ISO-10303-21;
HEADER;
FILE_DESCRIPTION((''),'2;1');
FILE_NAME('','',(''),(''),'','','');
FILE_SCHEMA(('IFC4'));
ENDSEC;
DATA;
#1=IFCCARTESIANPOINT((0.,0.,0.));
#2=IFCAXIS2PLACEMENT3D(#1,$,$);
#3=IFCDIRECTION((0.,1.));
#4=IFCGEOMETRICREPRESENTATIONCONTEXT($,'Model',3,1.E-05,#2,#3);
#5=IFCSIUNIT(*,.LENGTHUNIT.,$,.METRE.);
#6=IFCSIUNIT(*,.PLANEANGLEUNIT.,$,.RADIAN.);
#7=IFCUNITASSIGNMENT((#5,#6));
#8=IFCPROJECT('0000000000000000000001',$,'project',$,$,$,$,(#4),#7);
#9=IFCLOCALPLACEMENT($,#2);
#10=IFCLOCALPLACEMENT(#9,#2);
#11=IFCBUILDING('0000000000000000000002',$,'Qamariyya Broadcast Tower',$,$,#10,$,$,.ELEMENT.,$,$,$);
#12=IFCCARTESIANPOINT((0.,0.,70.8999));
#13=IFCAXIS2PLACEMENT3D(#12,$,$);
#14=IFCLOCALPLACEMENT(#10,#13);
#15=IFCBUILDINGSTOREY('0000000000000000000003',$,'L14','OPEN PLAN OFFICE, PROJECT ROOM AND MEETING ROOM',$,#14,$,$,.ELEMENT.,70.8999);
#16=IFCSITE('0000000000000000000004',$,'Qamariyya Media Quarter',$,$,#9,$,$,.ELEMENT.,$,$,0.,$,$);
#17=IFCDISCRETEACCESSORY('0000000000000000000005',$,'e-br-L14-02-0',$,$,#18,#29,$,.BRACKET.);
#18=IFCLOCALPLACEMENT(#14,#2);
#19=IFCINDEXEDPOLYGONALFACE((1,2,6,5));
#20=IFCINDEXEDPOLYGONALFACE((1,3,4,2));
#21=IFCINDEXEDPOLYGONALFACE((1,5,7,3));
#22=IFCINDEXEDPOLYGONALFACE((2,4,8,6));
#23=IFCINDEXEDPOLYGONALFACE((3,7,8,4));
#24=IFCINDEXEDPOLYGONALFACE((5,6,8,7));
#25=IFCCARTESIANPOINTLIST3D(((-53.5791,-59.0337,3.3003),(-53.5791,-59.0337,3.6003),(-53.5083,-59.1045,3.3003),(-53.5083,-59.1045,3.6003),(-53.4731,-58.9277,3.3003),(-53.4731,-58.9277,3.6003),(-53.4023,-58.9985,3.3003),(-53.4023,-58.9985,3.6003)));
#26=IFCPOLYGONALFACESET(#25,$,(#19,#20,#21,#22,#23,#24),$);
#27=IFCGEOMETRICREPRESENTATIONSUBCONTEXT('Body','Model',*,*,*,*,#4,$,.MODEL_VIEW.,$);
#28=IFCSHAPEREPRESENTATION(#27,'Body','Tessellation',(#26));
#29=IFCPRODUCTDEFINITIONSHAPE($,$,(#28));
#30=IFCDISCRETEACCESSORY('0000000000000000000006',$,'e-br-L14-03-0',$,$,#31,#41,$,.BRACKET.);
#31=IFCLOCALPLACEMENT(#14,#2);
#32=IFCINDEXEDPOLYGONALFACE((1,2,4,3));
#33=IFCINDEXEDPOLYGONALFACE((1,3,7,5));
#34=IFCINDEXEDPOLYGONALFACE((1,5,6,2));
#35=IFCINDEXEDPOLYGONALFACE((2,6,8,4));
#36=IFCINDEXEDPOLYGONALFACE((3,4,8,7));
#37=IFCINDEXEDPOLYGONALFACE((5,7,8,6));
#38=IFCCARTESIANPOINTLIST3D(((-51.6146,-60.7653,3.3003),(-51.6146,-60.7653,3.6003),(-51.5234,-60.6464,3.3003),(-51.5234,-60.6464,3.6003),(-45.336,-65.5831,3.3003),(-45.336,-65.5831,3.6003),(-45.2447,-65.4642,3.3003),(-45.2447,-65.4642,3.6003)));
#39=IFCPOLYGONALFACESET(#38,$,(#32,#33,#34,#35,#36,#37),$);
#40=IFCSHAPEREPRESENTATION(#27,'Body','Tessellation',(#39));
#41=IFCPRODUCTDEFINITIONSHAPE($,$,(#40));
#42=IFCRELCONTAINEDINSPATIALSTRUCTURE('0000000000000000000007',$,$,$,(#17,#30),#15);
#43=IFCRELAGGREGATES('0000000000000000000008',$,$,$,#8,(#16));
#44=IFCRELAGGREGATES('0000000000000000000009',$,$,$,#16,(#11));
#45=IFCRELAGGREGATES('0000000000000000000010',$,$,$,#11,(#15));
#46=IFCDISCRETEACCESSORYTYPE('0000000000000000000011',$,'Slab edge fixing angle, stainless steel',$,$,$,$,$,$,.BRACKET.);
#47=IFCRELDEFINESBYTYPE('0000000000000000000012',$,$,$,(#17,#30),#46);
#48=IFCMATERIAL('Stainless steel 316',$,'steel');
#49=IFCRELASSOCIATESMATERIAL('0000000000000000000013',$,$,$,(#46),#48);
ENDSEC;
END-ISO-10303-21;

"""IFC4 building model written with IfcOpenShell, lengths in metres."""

from ifc_helpers import new_model, si_unit, direction, frame, origin, origin_2d, place, context, subcontext, project, spatial, rectangle, extrude, material, type_object, element, save


model = new_model("IFC4")

# Units and contexts
model_context = context("Model", 3, precision=1e-05, world=origin(), true_north=direction((0.0, 1.0)))
body_context = subcontext(model_context, "Body", "Model", "MODEL_VIEW")
ifc_project = project(units=[si_unit("LENGTHUNIT", "METRE"), si_unit("PLANEANGLEUNIT", "RADIAN")], contexts=[model_context])

# Site, building, storey
site_placement = place(None, origin())
site = spatial("IfcSite", under=ifc_project, at=site_placement, Name="Qamariyya Media Quarter", CompositionType="ELEMENT", RefElevation=0.0)
building_placement = place(site_placement, origin())
building = spatial("IfcBuilding", under=site, at=building_placement, Name="Qamariyya Broadcast Tower", CompositionType="ELEMENT")
storey_placement = place(building_placement, frame((0.0, 0.0, 70.8999)))
storey = spatial("IfcBuildingStorey", under=building, at=storey_placement, Name="L14", Description="OPEN PLAN OFFICE, PROJECT ROOM AND MEETING ROOM", CompositionType="ELEMENT", Elevation=70.8999)

# Discrete accessories
ifc_material_1 = material(Name="Stainless steel 316", Category="steel")
discrete_accessory_type = type_object("IfcDiscreteAccessoryType", Name="Slab edge fixing angle, stainless steel", PredefinedType="BRACKET", material=ifc_material_1)
discrete_accessory_1_placement = place(storey_placement, frame((-53.4907, -59.0161, 3.3003), z_axis=(0.0, 0.0, 1.0), x_axis=(0.707107, -0.707107, 0.0)))
element("IfcDiscreteAccessory", 1, at=discrete_accessory_1_placement, inside=storey, type_object=discrete_accessory_type, Name="e-br-L14-02-0", PredefinedType="BRACKET", context=body_context, shape_type="SweptSolid", body=[
    extrude(rectangle(XDim=0.1001, YDim=0.1499, at=origin_2d()), origin(), (0.0, 0.0, 1.0), 0.3),
])
discrete_accessory_2_placement = place(storey_placement, frame((-48.4297, -63.1147, 3.3003), z_axis=(0.0, 0.0, 1.0), x_axis=(0.793353, -0.608761, 0.0)))
element("IfcDiscreteAccessory", 2, at=discrete_accessory_2_placement, inside=storey, type_object=discrete_accessory_type, Name="e-br-L14-03-0", PredefinedType="BRACKET", context=body_context, shape_type="SweptSolid", body=[
    extrude(rectangle(XDim=7.9141, YDim=0.1499, at=origin_2d()), origin(), (0.0, 0.0, 1.0), 0.3),
])

save(model, "model.ifc")
